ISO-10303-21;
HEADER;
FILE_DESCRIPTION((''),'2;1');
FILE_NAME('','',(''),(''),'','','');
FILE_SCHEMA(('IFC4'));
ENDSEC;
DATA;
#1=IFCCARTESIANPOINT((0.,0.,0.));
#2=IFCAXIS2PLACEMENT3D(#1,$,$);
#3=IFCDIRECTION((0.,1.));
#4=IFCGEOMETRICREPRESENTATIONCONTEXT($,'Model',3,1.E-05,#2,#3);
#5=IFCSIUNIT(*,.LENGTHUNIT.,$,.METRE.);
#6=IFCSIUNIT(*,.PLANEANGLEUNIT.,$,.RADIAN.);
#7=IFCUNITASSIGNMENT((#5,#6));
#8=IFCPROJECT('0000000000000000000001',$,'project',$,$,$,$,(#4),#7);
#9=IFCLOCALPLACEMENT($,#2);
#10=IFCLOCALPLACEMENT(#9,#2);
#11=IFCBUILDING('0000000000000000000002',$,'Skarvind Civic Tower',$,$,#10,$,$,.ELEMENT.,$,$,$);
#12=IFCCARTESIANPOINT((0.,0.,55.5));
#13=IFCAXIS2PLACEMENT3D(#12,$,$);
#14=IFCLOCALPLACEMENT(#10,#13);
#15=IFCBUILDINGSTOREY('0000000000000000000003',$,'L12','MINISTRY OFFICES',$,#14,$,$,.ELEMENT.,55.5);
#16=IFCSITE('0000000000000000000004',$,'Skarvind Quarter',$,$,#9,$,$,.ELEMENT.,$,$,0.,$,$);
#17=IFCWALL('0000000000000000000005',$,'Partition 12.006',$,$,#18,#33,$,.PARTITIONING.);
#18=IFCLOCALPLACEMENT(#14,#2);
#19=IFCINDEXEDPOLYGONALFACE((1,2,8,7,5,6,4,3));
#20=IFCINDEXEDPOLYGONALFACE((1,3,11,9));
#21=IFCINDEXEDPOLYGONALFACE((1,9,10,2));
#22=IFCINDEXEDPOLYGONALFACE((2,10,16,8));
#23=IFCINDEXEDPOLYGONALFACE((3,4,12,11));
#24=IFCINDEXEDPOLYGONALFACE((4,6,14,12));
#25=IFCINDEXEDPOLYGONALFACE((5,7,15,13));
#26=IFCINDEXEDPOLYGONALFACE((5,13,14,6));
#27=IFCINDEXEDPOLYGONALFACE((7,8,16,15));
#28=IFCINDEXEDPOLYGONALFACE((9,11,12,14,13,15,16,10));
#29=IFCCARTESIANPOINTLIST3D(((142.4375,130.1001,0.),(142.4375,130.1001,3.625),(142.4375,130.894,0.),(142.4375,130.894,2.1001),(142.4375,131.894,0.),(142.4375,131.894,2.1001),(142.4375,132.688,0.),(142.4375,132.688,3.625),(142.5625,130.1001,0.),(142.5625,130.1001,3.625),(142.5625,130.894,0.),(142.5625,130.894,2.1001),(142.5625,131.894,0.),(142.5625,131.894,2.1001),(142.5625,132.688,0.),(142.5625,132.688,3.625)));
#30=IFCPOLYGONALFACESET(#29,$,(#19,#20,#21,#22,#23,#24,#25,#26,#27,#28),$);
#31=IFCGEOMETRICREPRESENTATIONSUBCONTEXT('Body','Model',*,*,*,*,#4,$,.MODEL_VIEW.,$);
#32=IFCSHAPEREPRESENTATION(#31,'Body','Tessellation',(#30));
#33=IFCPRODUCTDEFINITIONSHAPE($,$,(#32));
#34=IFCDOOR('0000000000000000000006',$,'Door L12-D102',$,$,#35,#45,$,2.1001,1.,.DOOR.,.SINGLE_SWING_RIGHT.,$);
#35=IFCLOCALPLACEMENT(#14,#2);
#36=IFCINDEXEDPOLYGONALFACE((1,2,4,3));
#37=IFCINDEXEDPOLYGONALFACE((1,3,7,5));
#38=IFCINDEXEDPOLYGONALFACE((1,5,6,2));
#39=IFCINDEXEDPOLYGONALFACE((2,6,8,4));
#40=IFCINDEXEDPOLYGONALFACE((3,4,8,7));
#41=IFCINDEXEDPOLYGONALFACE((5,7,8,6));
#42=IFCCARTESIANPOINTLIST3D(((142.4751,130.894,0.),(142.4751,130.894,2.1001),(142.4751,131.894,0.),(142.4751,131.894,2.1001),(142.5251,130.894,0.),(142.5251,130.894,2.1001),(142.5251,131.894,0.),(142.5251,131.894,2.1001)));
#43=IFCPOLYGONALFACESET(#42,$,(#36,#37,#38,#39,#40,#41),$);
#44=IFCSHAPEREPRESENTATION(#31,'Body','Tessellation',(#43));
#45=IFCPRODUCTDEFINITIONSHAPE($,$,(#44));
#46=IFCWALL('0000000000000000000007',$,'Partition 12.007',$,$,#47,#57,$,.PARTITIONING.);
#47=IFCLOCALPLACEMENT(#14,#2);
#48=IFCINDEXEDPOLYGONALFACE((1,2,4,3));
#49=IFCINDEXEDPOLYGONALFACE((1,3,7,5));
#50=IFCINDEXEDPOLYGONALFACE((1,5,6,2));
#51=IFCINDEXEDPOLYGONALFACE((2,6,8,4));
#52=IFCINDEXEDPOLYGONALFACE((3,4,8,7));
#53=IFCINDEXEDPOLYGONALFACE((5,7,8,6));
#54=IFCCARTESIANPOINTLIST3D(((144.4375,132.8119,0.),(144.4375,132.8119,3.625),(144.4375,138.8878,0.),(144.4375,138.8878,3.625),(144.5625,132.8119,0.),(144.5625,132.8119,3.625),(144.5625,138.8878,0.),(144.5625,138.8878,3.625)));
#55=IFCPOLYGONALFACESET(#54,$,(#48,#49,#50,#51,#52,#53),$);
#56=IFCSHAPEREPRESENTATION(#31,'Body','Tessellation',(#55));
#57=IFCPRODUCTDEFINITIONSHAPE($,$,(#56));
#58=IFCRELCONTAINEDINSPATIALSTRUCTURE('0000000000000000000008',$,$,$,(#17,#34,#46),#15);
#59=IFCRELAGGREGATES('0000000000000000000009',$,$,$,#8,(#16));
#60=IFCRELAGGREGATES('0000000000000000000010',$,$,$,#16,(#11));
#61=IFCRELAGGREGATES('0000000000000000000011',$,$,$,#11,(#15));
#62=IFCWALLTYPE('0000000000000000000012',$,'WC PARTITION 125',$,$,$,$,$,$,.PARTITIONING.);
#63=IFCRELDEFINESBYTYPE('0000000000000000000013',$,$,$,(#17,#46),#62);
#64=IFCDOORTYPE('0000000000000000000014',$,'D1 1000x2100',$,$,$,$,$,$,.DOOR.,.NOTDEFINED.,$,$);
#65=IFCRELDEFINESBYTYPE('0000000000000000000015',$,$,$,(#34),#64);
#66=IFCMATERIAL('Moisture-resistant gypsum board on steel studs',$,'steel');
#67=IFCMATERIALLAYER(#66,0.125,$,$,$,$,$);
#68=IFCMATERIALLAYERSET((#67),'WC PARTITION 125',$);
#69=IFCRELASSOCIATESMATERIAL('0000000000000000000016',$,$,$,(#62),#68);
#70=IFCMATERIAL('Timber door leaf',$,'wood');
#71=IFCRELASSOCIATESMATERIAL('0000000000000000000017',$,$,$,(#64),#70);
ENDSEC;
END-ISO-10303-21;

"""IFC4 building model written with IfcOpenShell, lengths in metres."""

from ifc_helpers import new_model, si_unit, direction, frame, frame_2d, origin, place, context, subcontext, project, spatial, rectangle, extrude, material, layer, layer_set, type_object, element, fill, save


model = new_model("IFC4")

# Units and contexts
model_context = context("Model", 3, precision=1e-05, world=origin(), true_north=direction((0.0, 1.0)))
body_context = subcontext(model_context, "Body", "Model", "MODEL_VIEW")
ifc_project = project(units=[si_unit("LENGTHUNIT", "METRE"), si_unit("PLANEANGLEUNIT", "RADIAN")], contexts=[model_context])

# Site, building, storey
site_placement = place(None, origin())
site = spatial("IfcSite", under=ifc_project, at=site_placement, Name="Skarvind Quarter", CompositionType="ELEMENT", RefElevation=0.0)
building_placement = place(site_placement, origin())
building = spatial("IfcBuilding", under=site, at=building_placement, Name="Skarvind Civic Tower", CompositionType="ELEMENT")
storey_placement = place(building_placement, frame((0.0, 0.0, 55.5)))
storey = spatial("IfcBuildingStorey", under=building, at=storey_placement, Name="L12", Description="MINISTRY OFFICES", CompositionType="ELEMENT", Elevation=55.5)

# Shared definitions
ifc_material_1 = material(Name="Timber door leaf", Category="wood")

# Shared definitions
ifc_material_2 = material(Name="Moisture-resistant gypsum board on steel studs", Category="steel")
ifc_layer_1 = layer(ifc_material_2, 0.125)
ifc_layer_set_1 = layer_set([ifc_layer_1], Name="WC PARTITION 125")
wall_type_1 = type_object("IfcWallType", Name="WC PARTITION 125", PredefinedType="PARTITIONING", material=ifc_layer_set_1)

# Wall, opening, door
wall_1_placement = place(storey_placement, frame((142.5, 130.1001, 0.0), z_axis=(0.0, 0.0, 1.0), x_axis=(0.0, 1.0, 0.0)))
wall_1 = element("IfcWall", 1, at=wall_1_placement, inside=storey, type_object=wall_type_1, Name="Partition 12.006", PredefinedType="PARTITIONING", context=body_context, shape_type="SweptSolid", body=[
    extrude(rectangle(XDim=2.5879, YDim=0.125, at=frame_2d((1.2939, 0.0))), origin(), (0.0, 0.0, 1.0), 3.625),
])
opening_1_placement = place(wall_1_placement, frame((0.7939, 0.0, 0.0)))
opening_1 = element("IfcOpeningElement", 2, at=opening_1_placement, cuts=wall_1, PredefinedType="OPENING", context=body_context, shape_type="SweptSolid", body=[
    extrude(rectangle(XDim=1.0, YDim=2.1001, at=frame_2d((0.5, 1.05))), frame((0.0, 0.0725, 0.0), z_axis=(0.0, -1.0, 0.0), x_axis=(1.0, 0.0, 0.0)), (0.0, 0.0, 1.0), 0.145),
])
door_type_1 = type_object("IfcDoorType", Name="D1 1000x2100", OperationType="NOTDEFINED", PredefinedType="DOOR", material=ifc_material_1)
door_1_placement = place(opening_1_placement, origin())
door_1 = element("IfcDoor", 3, at=door_1_placement, inside=storey, type_object=door_type_1, Name="Door L12-D102", OperationType="SINGLE_SWING_RIGHT", OverallHeight=2.1001, OverallWidth=1.0, PredefinedType="DOOR", context=body_context, shape_type="SweptSolid", body=[
    extrude(rectangle(XDim=1.0, YDim=2.1001, at=frame_2d((0.5, 1.05))), frame((0.0, 0.0249, 0.0), z_axis=(0.0, -1.0, 0.0), x_axis=(1.0, 0.0, 0.0)), (0.0, 0.0, 1.0), 0.05),
])
fill(opening_1, door_1)

# Wall
wall_2_placement = place(storey_placement, frame((144.5, 138.8879, 0.0), z_axis=(0.0, 0.0, 1.0), x_axis=(0.0, -1.0, 0.0)))
element("IfcWall", 4, at=wall_2_placement, inside=storey, type_object=wall_type_1, Name="Partition 12.007", PredefinedType="PARTITIONING", context=body_context, shape_type="SweptSolid", body=[
    extrude(rectangle(XDim=6.0759, YDim=0.125, at=frame_2d((3.0381, 0.0))), origin(), (0.0, 0.0, 1.0), 3.625),
])

save(model, "model.ifc")
